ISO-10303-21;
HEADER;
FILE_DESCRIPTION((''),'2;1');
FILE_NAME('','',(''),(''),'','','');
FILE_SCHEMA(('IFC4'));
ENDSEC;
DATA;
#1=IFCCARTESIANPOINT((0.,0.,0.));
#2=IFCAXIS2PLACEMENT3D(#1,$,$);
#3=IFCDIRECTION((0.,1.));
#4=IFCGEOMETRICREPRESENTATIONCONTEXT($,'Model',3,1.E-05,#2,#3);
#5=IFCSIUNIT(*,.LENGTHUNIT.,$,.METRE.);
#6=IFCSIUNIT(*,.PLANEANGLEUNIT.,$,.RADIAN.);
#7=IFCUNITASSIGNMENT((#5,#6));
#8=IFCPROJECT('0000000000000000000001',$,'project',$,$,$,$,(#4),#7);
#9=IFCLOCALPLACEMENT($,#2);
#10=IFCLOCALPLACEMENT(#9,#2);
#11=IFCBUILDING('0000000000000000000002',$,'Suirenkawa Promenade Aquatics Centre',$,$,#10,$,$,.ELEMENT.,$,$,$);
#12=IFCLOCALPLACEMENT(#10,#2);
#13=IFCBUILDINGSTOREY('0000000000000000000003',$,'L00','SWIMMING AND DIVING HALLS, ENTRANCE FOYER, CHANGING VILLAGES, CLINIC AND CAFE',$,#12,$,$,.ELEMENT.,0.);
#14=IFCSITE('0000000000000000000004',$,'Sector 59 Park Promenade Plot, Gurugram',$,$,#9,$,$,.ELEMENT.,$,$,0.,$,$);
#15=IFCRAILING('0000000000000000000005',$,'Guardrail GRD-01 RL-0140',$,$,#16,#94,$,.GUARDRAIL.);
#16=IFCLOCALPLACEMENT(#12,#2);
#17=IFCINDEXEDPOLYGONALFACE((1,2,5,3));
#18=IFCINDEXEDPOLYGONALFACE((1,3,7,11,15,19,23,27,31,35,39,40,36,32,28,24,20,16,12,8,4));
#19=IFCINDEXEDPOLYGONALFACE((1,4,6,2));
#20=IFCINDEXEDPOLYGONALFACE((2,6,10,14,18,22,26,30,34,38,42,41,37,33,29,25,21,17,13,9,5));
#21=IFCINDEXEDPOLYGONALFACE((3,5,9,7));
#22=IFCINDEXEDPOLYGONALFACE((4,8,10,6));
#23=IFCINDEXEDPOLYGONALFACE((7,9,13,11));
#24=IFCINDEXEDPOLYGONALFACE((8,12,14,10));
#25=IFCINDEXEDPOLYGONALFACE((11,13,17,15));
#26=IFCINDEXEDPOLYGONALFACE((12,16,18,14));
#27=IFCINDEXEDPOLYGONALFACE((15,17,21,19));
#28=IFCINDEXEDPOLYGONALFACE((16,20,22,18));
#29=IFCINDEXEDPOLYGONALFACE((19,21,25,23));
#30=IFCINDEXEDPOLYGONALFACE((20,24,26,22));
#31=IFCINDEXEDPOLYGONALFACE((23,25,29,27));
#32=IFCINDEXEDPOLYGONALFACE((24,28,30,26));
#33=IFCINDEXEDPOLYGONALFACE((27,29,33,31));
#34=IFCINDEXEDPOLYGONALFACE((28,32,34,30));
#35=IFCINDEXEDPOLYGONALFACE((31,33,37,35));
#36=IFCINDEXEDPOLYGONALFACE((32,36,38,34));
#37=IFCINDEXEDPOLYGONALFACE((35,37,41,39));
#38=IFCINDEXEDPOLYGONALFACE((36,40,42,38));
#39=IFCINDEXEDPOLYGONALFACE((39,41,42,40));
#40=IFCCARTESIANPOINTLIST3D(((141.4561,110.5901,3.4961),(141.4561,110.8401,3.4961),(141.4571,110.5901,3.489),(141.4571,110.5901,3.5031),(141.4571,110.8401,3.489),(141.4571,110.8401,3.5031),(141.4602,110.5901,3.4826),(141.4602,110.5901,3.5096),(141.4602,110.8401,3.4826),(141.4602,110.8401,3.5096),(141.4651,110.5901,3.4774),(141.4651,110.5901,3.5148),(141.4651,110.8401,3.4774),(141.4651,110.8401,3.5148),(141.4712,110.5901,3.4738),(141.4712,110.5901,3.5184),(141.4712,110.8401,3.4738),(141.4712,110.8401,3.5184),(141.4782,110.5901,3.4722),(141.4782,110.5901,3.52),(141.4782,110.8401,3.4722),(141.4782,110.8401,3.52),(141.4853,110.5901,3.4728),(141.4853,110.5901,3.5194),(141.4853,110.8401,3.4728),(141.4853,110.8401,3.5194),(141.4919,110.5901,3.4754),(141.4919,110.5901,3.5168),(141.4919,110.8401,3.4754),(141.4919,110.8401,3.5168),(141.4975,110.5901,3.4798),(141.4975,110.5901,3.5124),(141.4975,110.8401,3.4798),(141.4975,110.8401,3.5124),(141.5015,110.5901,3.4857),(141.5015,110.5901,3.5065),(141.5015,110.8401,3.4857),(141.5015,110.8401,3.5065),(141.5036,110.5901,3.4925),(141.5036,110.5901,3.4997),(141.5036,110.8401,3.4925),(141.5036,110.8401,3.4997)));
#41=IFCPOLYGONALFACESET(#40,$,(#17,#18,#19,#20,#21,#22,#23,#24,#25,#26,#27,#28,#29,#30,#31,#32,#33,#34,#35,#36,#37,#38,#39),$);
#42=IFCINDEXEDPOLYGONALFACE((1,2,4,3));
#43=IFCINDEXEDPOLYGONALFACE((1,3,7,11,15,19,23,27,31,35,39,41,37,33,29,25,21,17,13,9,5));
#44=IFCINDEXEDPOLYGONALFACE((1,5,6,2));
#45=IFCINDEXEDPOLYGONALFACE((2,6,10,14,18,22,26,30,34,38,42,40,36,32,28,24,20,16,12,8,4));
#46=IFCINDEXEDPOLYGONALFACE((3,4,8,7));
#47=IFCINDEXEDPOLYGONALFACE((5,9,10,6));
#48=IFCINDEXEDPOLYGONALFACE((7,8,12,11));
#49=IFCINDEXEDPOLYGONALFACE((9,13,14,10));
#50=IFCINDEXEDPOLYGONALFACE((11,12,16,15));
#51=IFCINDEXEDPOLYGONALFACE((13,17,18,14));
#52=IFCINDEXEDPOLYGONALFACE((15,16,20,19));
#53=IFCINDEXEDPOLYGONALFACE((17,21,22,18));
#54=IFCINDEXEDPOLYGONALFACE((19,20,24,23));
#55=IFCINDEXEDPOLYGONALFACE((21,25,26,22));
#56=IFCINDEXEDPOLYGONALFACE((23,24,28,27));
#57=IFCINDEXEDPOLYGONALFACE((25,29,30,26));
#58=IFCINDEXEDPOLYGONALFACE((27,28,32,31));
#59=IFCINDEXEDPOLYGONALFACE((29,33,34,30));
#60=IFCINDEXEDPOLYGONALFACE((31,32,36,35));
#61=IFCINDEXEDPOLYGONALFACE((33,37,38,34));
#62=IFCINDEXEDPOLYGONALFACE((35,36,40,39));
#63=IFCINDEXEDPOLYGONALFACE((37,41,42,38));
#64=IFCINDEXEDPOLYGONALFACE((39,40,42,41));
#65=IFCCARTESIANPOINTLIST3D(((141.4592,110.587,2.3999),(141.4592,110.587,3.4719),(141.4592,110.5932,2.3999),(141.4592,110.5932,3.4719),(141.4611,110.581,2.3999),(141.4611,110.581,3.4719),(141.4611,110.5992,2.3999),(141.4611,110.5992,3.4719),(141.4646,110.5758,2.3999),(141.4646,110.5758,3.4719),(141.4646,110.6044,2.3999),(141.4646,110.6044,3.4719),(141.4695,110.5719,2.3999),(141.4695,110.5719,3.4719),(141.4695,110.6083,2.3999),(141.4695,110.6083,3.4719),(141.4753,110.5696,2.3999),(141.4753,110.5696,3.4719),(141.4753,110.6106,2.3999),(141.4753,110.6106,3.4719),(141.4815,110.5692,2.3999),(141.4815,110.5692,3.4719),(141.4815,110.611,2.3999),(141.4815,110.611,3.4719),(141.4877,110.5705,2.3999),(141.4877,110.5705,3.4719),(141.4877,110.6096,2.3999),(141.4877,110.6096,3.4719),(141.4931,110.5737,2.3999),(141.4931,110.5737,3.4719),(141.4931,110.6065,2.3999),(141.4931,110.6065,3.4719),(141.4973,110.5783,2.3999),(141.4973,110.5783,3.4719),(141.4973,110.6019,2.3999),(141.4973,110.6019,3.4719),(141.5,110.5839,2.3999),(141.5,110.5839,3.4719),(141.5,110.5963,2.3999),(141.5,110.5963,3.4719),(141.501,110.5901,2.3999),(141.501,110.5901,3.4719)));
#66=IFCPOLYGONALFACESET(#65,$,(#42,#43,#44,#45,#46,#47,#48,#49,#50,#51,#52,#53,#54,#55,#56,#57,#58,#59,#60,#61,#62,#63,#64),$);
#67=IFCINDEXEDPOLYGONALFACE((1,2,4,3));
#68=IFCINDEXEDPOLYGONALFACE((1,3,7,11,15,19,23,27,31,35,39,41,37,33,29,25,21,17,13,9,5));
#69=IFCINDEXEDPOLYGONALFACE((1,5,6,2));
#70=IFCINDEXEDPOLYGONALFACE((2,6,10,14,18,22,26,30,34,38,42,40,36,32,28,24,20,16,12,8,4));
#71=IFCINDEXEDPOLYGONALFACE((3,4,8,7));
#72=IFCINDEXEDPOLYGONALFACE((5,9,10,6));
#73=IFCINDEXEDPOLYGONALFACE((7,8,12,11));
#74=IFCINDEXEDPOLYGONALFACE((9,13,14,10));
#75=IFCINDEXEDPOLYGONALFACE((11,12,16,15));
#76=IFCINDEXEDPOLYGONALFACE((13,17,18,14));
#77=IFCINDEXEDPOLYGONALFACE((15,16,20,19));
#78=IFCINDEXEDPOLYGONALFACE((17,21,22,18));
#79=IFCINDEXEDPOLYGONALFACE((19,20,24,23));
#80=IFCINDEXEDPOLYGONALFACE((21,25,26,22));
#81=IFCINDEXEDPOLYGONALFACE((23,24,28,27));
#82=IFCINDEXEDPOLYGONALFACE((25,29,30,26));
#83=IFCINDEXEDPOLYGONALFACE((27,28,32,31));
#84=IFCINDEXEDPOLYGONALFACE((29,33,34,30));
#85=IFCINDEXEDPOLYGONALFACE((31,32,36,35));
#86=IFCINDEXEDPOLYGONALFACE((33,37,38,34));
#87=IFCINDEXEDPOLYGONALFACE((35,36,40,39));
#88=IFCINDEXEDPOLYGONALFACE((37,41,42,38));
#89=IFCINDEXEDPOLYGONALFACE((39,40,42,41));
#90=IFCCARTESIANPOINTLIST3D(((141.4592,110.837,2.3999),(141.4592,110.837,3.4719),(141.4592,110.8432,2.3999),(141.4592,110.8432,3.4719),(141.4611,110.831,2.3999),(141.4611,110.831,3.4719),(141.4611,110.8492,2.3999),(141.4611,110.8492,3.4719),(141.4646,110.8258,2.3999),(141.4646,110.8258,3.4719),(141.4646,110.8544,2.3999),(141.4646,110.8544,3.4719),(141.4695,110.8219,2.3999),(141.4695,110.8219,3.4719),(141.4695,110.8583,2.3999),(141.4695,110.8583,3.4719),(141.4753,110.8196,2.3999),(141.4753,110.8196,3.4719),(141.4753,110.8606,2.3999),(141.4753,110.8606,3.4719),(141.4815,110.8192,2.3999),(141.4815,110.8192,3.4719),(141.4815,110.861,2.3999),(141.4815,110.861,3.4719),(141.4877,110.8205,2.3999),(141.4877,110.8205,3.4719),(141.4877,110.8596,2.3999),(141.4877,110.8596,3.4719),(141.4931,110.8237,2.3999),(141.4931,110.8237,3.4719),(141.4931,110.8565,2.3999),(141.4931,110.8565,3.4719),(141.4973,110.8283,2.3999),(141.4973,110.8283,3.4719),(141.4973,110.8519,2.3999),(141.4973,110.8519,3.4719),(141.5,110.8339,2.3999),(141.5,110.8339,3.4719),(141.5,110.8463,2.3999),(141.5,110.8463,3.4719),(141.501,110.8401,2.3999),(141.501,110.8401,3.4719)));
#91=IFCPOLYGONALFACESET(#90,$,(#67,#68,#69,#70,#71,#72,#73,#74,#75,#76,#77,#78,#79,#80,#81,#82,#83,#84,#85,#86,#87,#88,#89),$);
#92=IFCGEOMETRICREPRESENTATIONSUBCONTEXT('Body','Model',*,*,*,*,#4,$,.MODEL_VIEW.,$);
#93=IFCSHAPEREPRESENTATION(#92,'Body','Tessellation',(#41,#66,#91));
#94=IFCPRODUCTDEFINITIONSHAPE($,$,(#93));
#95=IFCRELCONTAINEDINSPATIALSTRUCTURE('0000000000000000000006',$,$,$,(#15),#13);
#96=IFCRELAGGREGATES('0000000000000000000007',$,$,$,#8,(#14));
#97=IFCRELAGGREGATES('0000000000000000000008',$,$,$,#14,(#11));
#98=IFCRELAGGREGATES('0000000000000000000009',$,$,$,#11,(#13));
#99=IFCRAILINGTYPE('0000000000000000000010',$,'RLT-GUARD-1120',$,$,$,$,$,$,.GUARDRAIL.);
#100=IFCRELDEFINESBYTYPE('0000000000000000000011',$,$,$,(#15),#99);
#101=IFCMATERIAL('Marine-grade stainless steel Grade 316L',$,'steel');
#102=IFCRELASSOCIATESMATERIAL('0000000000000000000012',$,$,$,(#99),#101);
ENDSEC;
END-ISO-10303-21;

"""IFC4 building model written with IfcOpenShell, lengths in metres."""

from ifc_helpers import new_model, si_unit, direction, frame, origin, origin_2d, place, context, subcontext, project, spatial, circle, extrude, material, type_object, element, save


model = new_model("IFC4")

# Units and contexts
model_context = context("Model", 3, precision=1e-05, world=origin(), true_north=direction((0.0, 1.0)))
body_context = subcontext(model_context, "Body", "Model", "MODEL_VIEW")
ifc_project = project(units=[si_unit("LENGTHUNIT", "METRE"), si_unit("PLANEANGLEUNIT", "RADIAN")], contexts=[model_context])

# Site, building, storey
site_placement = place(None, origin())
site = spatial("IfcSite", under=ifc_project, at=site_placement, Name="Sector 59 Park Promenade Plot, Gurugram", CompositionType="ELEMENT", RefElevation=0.0)
building_placement = place(site_placement, origin())
building = spatial("IfcBuilding", under=site, at=building_placement, Name="Suirenkawa Promenade Aquatics Centre", CompositionType="ELEMENT")
storey_placement = place(building_placement, origin())
storey = spatial("IfcBuildingStorey", under=building, at=storey_placement, Name="L00", Description="SWIMMING AND DIVING HALLS, ENTRANCE FOYER, CHANGING VILLAGES, CLINIC AND CAFE", CompositionType="ELEMENT", Elevation=0.0)

# Railing
ifc_material_1 = material(Name="Marine-grade stainless steel Grade 316L", Category="steel")
railing_type_1 = type_object("IfcRailingType", Name="RLT-GUARD-1120", PredefinedType="GUARDRAIL", material=ifc_material_1)
railing_1_placement = place(storey_placement, frame((141.48, 110.5901, 2.3999)))
element("IfcRailing", 1, at=railing_1_placement, inside=storey, type_object=railing_type_1, Name="Guardrail GRD-01 RL-0140", PredefinedType="GUARDRAIL", context=body_context, shape_type="SweptSolid", body=[
    extrude(circle(Radius=0.0239, at=origin_2d()), frame((0.0, 0.0, 1.0962), z_axis=(0.0, 1.0, 0.0), x_axis=(-1.0, 0.0, 0.0)), (0.0, 0.0, 1.0), 0.25),
    extrude(circle(Radius=0.021, at=origin_2d()), origin(), (0.0, 0.0, 1.0), 1.072),
    extrude(circle(Radius=0.021, at=origin_2d()), frame((0.0, 0.25, 0.0)), (0.0, 0.0, 1.0), 1.072),
])

save(model, "model.ifc")
